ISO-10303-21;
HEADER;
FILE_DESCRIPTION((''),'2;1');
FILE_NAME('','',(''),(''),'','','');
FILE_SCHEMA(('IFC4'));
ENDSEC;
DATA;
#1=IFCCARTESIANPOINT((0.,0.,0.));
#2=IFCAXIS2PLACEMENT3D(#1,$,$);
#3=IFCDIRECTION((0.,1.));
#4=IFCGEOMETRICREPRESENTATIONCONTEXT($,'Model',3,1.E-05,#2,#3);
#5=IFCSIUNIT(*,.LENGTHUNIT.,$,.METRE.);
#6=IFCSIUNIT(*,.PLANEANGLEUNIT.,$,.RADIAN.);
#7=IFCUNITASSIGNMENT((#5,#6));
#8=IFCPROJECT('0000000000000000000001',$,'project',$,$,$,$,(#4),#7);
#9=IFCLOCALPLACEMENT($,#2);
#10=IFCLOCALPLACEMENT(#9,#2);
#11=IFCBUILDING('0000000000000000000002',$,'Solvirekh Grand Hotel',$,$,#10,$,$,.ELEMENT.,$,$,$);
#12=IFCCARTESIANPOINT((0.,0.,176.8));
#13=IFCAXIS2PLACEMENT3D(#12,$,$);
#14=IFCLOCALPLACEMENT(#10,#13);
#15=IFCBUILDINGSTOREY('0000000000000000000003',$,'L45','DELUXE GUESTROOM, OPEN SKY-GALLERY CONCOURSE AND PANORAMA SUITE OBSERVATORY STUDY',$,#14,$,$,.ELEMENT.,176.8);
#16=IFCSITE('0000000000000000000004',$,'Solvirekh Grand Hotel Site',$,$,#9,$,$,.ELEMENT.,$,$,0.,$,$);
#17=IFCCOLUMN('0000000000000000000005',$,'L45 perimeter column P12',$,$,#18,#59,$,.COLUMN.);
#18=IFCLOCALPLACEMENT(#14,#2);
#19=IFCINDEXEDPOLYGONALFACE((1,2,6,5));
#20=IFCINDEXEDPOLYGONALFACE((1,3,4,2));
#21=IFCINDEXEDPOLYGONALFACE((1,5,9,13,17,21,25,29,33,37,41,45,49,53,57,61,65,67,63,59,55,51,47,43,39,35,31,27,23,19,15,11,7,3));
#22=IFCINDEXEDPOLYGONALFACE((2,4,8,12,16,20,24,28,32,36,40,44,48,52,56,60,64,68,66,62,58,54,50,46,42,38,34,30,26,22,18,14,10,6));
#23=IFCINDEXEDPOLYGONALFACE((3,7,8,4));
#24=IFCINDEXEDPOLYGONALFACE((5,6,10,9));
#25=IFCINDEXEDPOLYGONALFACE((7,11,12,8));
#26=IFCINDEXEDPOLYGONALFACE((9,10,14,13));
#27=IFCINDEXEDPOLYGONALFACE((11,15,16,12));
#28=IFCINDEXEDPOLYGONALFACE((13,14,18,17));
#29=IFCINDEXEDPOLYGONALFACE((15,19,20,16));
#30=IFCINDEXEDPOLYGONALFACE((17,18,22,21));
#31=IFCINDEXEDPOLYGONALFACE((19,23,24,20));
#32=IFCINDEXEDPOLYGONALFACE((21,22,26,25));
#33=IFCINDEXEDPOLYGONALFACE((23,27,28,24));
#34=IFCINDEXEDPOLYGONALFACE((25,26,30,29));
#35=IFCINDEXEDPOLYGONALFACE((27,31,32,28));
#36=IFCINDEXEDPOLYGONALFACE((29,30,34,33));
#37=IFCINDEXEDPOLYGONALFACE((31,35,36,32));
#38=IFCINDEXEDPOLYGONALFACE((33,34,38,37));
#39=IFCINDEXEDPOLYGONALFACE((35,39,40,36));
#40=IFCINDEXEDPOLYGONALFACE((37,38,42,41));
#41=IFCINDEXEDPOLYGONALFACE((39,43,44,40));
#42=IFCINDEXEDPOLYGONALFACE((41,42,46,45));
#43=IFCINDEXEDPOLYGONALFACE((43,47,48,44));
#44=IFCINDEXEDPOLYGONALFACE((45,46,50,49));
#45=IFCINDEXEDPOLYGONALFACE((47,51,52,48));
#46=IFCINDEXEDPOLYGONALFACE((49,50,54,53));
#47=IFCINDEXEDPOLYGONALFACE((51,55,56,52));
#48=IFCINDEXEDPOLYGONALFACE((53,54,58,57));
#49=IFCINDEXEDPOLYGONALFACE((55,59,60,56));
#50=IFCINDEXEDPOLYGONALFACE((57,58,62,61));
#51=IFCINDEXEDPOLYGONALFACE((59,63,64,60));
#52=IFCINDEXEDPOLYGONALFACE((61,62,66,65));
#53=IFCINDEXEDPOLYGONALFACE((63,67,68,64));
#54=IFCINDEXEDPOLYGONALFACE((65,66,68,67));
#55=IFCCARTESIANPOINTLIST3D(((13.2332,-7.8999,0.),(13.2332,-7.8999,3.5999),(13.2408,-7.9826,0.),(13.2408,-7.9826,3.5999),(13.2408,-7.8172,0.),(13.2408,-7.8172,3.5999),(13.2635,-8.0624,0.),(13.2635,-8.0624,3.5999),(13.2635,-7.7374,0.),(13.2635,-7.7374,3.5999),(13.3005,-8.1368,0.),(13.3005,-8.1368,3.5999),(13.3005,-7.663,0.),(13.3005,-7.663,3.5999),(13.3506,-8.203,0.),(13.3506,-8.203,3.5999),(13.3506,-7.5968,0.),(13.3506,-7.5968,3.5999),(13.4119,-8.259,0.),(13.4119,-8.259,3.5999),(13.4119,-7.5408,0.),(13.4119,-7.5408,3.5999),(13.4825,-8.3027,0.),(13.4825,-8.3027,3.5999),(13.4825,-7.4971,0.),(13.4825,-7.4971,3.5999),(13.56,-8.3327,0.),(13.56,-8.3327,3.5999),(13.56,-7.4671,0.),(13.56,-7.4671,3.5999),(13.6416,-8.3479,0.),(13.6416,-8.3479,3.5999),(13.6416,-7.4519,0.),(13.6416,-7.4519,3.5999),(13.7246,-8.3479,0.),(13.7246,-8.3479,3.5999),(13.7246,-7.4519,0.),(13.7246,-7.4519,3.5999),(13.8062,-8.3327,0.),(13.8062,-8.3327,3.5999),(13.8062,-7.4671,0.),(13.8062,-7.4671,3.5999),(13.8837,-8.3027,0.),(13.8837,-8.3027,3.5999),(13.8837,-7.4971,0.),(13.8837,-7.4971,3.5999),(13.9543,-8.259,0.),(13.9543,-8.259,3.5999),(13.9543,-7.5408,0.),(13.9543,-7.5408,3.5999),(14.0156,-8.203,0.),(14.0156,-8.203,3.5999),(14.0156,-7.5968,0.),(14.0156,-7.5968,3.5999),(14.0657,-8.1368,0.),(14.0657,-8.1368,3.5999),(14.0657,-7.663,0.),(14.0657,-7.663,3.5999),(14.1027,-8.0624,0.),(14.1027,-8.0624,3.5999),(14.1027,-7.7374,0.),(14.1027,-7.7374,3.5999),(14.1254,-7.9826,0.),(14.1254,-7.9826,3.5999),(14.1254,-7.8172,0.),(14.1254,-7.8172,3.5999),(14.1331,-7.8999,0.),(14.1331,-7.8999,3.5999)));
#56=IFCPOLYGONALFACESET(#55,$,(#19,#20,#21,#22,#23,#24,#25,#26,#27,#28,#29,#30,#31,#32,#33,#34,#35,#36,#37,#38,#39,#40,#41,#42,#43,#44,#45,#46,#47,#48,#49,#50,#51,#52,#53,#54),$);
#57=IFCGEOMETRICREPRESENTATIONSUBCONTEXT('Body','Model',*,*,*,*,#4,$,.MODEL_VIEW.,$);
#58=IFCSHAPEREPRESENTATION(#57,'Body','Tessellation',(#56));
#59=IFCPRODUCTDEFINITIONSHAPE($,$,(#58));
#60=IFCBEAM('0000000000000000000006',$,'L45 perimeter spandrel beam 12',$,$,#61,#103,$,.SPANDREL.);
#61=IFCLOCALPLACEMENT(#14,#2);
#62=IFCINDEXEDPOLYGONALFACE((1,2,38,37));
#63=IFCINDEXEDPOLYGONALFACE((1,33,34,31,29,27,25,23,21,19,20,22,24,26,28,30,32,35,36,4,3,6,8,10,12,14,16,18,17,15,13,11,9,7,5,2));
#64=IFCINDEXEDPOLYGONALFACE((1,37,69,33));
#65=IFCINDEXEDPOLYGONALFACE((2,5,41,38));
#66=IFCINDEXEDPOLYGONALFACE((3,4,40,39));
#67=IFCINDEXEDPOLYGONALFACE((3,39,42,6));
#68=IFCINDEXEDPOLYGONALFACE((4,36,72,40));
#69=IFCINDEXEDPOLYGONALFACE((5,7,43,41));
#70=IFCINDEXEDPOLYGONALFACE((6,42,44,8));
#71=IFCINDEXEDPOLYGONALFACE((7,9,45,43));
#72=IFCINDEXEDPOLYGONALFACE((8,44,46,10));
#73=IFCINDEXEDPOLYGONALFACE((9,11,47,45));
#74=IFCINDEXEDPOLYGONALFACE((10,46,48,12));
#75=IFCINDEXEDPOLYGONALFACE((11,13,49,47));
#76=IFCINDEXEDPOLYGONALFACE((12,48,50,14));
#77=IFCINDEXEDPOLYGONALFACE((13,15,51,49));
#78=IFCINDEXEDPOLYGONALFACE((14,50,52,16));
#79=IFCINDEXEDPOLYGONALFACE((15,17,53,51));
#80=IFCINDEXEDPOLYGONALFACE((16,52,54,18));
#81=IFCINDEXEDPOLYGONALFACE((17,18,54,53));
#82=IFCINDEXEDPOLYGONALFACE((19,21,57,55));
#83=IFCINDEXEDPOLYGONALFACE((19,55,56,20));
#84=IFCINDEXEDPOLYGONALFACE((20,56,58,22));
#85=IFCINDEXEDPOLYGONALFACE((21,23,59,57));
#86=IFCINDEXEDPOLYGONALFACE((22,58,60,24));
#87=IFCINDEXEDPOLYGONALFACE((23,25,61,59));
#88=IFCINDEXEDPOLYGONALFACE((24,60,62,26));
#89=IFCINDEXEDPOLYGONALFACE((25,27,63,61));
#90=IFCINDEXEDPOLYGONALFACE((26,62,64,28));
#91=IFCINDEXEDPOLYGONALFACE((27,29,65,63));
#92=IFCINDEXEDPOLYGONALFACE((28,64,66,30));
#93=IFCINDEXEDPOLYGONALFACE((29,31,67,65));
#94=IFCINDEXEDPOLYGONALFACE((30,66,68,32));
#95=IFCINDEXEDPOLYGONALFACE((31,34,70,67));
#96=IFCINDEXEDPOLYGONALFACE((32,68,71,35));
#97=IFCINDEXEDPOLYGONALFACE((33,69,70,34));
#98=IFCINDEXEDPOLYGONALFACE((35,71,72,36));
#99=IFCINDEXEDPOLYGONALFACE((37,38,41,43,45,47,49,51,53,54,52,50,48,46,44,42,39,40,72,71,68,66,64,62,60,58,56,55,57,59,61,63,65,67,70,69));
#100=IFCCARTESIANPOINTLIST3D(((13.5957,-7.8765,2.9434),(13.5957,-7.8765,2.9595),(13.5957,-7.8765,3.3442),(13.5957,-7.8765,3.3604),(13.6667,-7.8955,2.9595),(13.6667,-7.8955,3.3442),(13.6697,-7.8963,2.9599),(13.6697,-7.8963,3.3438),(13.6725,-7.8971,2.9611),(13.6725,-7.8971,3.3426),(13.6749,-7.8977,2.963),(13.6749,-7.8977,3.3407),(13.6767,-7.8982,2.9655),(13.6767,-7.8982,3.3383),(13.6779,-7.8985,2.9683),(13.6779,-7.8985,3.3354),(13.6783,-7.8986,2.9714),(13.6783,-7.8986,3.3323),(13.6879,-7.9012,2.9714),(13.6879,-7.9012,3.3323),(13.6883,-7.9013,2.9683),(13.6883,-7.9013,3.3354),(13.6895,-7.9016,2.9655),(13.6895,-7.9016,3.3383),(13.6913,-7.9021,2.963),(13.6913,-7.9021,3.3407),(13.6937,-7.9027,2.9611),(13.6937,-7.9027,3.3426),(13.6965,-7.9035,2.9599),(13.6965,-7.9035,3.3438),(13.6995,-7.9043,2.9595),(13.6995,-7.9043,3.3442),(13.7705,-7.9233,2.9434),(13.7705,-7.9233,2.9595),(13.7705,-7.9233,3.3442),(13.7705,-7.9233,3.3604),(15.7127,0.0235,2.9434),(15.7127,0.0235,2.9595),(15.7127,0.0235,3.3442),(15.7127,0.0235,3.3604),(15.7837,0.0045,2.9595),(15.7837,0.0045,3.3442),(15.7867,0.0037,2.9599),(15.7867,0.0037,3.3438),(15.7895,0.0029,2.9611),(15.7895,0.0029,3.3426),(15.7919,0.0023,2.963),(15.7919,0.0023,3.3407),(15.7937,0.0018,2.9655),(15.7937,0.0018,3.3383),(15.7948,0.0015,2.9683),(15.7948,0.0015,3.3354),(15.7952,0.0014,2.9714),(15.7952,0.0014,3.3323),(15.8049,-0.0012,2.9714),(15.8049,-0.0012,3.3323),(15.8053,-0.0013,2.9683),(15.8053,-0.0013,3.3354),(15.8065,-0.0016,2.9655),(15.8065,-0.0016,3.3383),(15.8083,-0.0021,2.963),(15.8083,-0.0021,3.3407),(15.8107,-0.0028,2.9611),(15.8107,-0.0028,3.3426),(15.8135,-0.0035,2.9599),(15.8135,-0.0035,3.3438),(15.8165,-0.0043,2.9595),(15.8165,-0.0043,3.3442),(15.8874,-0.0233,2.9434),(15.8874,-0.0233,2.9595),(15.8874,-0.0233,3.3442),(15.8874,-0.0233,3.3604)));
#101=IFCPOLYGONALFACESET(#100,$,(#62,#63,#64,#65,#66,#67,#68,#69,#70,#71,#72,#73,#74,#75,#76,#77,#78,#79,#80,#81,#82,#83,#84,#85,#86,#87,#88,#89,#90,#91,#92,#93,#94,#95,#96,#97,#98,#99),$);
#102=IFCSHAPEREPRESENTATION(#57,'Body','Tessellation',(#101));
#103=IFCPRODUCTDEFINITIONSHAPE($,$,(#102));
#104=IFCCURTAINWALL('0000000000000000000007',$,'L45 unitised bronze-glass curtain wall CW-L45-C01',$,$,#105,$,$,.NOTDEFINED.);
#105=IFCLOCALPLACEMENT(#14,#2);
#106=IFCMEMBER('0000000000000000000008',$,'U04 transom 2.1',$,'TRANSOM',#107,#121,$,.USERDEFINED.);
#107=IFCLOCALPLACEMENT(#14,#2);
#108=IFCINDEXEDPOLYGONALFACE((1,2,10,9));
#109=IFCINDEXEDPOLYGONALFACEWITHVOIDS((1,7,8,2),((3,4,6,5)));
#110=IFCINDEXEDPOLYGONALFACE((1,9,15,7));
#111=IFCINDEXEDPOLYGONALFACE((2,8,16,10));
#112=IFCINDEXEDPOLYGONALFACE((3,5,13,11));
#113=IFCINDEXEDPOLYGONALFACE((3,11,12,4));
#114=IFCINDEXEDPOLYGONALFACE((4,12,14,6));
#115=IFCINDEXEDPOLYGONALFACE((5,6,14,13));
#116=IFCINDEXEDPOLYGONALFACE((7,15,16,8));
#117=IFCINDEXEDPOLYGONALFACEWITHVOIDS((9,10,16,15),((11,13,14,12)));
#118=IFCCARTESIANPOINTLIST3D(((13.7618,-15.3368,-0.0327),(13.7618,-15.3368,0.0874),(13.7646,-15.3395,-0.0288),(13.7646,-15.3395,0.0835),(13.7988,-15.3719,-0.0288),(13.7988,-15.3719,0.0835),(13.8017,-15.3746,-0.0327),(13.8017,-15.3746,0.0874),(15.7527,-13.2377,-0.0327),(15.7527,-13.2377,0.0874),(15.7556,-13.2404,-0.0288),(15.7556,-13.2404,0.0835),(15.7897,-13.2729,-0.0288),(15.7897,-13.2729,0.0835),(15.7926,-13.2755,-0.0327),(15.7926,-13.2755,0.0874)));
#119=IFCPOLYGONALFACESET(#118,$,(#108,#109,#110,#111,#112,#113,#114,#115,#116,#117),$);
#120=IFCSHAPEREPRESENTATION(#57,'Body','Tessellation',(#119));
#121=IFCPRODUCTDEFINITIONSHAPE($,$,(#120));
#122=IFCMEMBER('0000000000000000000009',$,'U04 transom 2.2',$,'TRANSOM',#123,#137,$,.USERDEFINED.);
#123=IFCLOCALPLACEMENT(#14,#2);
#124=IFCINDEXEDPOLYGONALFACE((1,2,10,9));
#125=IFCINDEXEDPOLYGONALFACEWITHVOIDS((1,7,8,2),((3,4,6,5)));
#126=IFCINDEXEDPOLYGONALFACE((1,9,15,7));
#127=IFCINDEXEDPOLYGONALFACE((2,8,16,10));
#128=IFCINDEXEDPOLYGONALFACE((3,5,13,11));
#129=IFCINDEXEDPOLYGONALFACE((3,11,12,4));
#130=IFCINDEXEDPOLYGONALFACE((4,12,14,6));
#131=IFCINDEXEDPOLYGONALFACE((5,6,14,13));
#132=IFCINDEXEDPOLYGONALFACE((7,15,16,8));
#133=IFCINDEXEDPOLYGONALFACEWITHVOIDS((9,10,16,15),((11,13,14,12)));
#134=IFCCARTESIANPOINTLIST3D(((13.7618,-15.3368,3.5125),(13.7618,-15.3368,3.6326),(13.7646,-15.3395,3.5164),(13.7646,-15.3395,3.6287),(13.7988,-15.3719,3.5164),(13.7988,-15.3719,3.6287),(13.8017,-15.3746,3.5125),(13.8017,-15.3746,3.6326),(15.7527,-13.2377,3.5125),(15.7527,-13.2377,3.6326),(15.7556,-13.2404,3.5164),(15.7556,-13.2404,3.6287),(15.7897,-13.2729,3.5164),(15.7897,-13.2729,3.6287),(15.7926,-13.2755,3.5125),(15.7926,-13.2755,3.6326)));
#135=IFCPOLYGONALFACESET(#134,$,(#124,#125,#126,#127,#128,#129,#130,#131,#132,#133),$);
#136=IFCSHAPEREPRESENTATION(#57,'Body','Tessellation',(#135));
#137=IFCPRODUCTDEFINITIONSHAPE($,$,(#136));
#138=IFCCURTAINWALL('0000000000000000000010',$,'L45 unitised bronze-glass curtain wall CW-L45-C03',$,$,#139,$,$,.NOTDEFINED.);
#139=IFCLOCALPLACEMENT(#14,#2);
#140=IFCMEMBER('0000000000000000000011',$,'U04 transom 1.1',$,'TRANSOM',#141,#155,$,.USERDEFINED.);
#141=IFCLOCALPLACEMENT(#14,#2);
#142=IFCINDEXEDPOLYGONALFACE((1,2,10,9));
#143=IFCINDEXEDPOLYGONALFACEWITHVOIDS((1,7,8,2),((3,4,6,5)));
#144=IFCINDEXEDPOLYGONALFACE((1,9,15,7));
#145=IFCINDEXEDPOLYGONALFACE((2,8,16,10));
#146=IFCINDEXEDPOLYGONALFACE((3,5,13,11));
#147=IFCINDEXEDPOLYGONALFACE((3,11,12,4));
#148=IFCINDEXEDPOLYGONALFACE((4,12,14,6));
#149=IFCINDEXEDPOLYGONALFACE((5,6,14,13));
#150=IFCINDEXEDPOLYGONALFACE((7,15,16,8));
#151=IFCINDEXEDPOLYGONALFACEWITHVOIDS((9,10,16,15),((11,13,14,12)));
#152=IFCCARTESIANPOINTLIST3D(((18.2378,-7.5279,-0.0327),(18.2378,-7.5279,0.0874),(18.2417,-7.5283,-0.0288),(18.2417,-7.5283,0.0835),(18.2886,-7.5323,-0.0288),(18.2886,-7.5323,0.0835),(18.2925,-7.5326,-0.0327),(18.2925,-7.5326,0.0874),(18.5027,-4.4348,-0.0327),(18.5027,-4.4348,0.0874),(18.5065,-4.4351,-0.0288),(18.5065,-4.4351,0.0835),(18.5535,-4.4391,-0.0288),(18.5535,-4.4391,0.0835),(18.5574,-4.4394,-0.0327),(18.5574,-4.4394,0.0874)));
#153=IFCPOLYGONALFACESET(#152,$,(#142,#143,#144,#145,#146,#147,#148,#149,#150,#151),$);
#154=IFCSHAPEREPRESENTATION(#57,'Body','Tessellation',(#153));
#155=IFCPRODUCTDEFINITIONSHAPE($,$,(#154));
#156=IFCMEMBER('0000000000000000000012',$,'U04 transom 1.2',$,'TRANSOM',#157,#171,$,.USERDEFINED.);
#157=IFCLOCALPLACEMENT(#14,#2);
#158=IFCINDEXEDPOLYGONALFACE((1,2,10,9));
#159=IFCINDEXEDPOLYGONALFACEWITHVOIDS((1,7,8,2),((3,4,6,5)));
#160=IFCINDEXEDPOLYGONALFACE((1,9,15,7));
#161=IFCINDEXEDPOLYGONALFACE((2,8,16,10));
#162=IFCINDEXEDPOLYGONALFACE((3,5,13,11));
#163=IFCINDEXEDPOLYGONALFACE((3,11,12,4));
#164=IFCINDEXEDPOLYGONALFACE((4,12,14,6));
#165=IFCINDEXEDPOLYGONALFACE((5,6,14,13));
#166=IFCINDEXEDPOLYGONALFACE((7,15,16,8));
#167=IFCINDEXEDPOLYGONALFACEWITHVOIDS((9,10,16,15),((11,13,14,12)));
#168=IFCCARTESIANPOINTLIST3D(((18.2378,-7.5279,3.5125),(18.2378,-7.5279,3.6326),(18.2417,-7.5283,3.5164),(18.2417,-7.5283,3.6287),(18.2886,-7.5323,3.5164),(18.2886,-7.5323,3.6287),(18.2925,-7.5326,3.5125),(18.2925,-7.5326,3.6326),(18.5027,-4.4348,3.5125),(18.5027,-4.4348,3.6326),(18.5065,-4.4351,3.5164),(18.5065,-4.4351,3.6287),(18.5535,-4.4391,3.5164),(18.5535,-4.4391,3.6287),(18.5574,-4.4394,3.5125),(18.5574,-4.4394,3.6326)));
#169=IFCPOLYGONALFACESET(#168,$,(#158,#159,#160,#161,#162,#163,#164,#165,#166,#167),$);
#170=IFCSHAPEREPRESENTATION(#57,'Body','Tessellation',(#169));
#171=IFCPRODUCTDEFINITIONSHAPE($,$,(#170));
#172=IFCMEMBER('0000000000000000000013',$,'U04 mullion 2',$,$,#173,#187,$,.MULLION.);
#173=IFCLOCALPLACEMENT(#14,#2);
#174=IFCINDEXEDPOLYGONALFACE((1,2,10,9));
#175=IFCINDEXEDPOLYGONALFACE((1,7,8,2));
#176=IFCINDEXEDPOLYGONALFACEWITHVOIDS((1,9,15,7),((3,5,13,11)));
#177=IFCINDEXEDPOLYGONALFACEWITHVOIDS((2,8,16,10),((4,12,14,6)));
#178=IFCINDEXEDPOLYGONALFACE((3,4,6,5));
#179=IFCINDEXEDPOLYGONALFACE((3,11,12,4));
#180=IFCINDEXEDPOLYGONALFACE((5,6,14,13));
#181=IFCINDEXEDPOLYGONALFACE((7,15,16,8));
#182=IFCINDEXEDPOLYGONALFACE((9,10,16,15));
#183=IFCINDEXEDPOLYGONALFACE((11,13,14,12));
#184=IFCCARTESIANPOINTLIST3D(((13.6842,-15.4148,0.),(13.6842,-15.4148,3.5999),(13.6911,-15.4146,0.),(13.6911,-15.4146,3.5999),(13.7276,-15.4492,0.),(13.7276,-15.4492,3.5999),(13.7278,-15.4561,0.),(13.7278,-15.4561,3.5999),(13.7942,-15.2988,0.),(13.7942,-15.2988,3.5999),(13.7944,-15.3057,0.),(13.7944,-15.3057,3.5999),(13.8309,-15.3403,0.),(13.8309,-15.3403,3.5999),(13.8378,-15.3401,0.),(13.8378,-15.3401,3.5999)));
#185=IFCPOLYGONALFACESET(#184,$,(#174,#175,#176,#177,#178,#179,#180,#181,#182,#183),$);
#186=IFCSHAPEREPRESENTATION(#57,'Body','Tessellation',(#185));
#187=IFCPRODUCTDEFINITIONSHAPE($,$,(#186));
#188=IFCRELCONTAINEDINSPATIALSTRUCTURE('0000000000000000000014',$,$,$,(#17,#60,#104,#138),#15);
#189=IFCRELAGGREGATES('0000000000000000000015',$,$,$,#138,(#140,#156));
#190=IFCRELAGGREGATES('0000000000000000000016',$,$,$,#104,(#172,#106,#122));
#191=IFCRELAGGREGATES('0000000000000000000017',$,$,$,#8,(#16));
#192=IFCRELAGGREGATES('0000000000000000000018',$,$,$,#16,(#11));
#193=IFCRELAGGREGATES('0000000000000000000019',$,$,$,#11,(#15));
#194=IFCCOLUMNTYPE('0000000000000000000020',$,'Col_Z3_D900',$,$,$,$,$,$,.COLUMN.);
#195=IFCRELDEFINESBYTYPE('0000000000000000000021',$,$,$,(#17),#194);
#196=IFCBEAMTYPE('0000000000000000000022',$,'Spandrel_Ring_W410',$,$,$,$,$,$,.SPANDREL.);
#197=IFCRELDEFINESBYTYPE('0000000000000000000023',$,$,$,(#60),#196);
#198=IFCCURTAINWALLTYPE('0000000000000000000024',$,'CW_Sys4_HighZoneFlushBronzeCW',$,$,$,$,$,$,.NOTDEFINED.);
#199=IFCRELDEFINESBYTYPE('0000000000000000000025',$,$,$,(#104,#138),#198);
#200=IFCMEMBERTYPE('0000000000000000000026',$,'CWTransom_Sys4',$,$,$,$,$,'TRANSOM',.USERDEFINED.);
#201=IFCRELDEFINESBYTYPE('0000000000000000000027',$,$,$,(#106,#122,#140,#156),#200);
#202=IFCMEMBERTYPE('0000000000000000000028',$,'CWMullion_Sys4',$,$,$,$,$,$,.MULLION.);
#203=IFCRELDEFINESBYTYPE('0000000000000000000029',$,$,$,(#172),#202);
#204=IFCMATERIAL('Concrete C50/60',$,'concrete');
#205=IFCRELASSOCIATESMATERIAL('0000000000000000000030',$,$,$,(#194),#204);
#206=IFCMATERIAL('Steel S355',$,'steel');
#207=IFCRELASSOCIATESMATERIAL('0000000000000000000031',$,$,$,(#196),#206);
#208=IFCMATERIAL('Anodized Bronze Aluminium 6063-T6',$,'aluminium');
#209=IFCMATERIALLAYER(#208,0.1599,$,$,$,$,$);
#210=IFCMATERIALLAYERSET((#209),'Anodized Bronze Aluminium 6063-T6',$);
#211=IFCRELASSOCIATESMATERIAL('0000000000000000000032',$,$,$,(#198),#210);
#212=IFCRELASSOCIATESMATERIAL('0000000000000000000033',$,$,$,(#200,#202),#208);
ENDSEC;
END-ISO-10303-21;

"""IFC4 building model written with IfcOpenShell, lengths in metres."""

from ifc_helpers import new_model, si_unit, direction, frame, origin, origin_2d, place, context, subcontext, project, spatial, hollow_rectangle, circle, i_section, extrude, source, transform, mapped, material, layer, layer_set, material_profile, profile_set, type_object, element, aggregate, save


model = new_model("IFC4")

# Units and contexts
model_context = context("Model", 3, precision=1e-05, world=origin(), true_north=direction((0.0, 1.0)))
body_context = subcontext(model_context, "Body", "Model", "MODEL_VIEW")
ifc_project = project(units=[si_unit("LENGTHUNIT", "METRE"), si_unit("PLANEANGLEUNIT", "RADIAN")], contexts=[model_context])

# Site, building, storey
site_placement = place(None, origin())
site = spatial("IfcSite", under=ifc_project, at=site_placement, Name="Solvirekh Grand Hotel Site", CompositionType="ELEMENT", RefElevation=0.0)
building_placement = place(site_placement, origin())
building = spatial("IfcBuilding", under=site, at=building_placement, Name="Solvirekh Grand Hotel", CompositionType="ELEMENT")
storey_placement = place(building_placement, frame((0.0, 0.0, 176.8)))
storey = spatial("IfcBuildingStorey", under=building, at=storey_placement, Name="L45", Description="DELUXE GUESTROOM, OPEN SKY-GALLERY CONCOURSE AND PANORAMA SUITE OBSERVATORY STUDY", CompositionType="ELEMENT", Elevation=176.8)

# Column
ifc_material_1 = material(Name="Concrete C50/60", Category="concrete")
ifc_material_profile_1 = material_profile(ifc_material_1, circle(Radius=0.45, at=origin_2d()), Name="RC CIRC D900")
ifc_profile_set_1 = profile_set([ifc_material_profile_1], Name="Concrete C50/60")
column_type = type_object("IfcColumnType", Name="Col_Z3_D900", PredefinedType="COLUMN", material=ifc_profile_set_1)
column_placement = place(storey_placement, frame((13.6831, -7.8999, 0.0), z_axis=(0.0, 0.0, 1.0), x_axis=(1.0, 0.0, 0.0)))
element("IfcColumn", 1, at=column_placement, inside=storey, type_object=column_type, Name="L45 perimeter column P12", PredefinedType="COLUMN", context=body_context, shape_type="SweptSolid", body=[
    extrude(circle(Radius=0.45, at=origin_2d()), origin(), (0.0, 0.0, 1.0), 3.5999),
])

# Beam
ifc_material_2 = material(Name="Steel S355", Category="steel")
ifc_material_profile_2 = material_profile(ifc_material_2, i_section(OverallWidth=0.1809, OverallDepth=0.417, WebThickness=0.01, FlangeThickness=0.0161, FilletRadius=0.012, at=origin_2d()), Name="W410X85")
ifc_profile_set_2 = profile_set([ifc_material_profile_2], Name="Steel S355")
beam_type = type_object("IfcBeamType", Name="Spandrel_Ring_W410", PredefinedType="SPANDREL", material=ifc_profile_set_2)
beam_placement = place(storey_placement, frame((13.6831, -7.8999, 3.1519), z_axis=(0.258839, 0.965921, 0.0), x_axis=(-0.965921, 0.258839, 0.0)))
element("IfcBeam", 2, at=beam_placement, inside=storey, type_object=beam_type, Name="L45 perimeter spandrel beam 12", PredefinedType="SPANDREL", context=body_context, shape_type="SweptSolid", body=[
    extrude(i_section(OverallWidth=0.1809, OverallDepth=0.417, WebThickness=0.01, FlangeThickness=0.0161, FilletRadius=0.012, at=origin_2d()), origin(), (0.0, 0.0, 1.0), 8.1787),
])

# Curtain walls, members
ifc_material_3 = material(Name="Anodized Bronze Aluminium 6063-T6", Category="aluminium")
ifc_layer_1 = layer(ifc_material_3, 0.1599)
ifc_layer_set_1 = layer_set([ifc_layer_1], Name="Anodized Bronze Aluminium 6063-T6")
curtain_wall_type = type_object("IfcCurtainWallType", Name="CW_Sys4_HighZoneFlushBronzeCW", PredefinedType="NOTDEFINED", material=ifc_layer_set_1)
curtain_wall_1_placement = place(storey_placement, origin())
curtain_wall_1 = element("IfcCurtainWall", 3, at=curtain_wall_1_placement, inside=storey, type_object=curtain_wall_type, Name="L45 unitised bronze-glass curtain wall CW-L45-C01", PredefinedType="NOTDEFINED")
ifc_material_profile_3 = material_profile(ifc_material_3, hollow_rectangle(XDim=0.0549, YDim=0.1201, WallThickness=0.0039, at=origin_2d()), Name="ALU RHS 120X55X4")
ifc_profile_set_3 = profile_set([ifc_material_profile_3], Name="Anodized Bronze Aluminium 6063-T6")
member_type_1 = type_object("IfcMemberType", Name="CWTransom_Sys4", ElementType="TRANSOM", PredefinedType="USERDEFINED", material=ifc_profile_set_3)
shared_shape_1 = source(origin(), body_context, "Body", "SweptSolid", [
    extrude(hollow_rectangle(XDim=0.0549, YDim=0.1201, WallThickness=0.0039, at=origin_2d()), origin(), (0.0, 0.0, 1.0), 2.8931),
])
member_1_placement = place(storey_placement, frame((13.7817, -15.3557, 0.0273), z_axis=(0.688168, 0.725551, 0.0), x_axis=(-0.725551, 0.688168, 0.0)))
member_1 = element("IfcMember", 4, at=member_1_placement, type_object=member_type_1, Name="U04 transom 2.1", ObjectType="TRANSOM", PredefinedType="USERDEFINED", context=body_context, shape_type="MappedRepresentation", body=[
    mapped(shared_shape_1, transform((0.0, 0.0, 0.0), x_axis=(1.0, 0.0, 0.0), y_axis=(0.0, 1.0, 0.0), z_axis=(0.0, 0.0, 1.0), scale=1.0)),
])
member_2_placement = place(storey_placement, frame((13.7817, -15.3557, 3.5725), z_axis=(0.688168, 0.725551, 0.0), x_axis=(-0.725551, 0.688168, 0.0)))
member_2 = element("IfcMember", 5, at=member_2_placement, type_object=member_type_1, Name="U04 transom 2.2", ObjectType="TRANSOM", PredefinedType="USERDEFINED", context=body_context, shape_type="MappedRepresentation", body=[
    mapped(shared_shape_1, transform((0.0, 0.0, 0.0), x_axis=(1.0, 0.0, 0.0), y_axis=(0.0, 1.0, 0.0), z_axis=(0.0, 0.0, 1.0), scale=1.0)),
])
curtain_wall_2_placement = place(storey_placement, origin())
curtain_wall_2 = element("IfcCurtainWall", 6, at=curtain_wall_2_placement, inside=storey, type_object=curtain_wall_type, Name="L45 unitised bronze-glass curtain wall CW-L45-C03", PredefinedType="NOTDEFINED")
shared_shape_2 = source(origin(), body_context, "Body", "SweptSolid", [
    extrude(hollow_rectangle(XDim=0.0549, YDim=0.1201, WallThickness=0.0039, at=origin_2d()), origin(), (0.0, 0.0, 1.0), 3.1045),
])
member_3_placement = place(storey_placement, frame((18.2651, -7.5303, 0.0273), z_axis=(0.085323, 0.996353, 0.0), x_axis=(-0.996353, 0.085323, 0.0)))
member_3 = element("IfcMember", 7, at=member_3_placement, type_object=member_type_1, Name="U04 transom 1.1", ObjectType="TRANSOM", PredefinedType="USERDEFINED", context=body_context, shape_type="MappedRepresentation", body=[
    mapped(shared_shape_2, transform((0.0, 0.0, 0.0), x_axis=(1.0, 0.0, 0.0), y_axis=(0.0, 1.0, 0.0), z_axis=(0.0, 0.0, 1.0), scale=1.0)),
])
member_4_placement = place(storey_placement, frame((18.2651, -7.5303, 3.5725), z_axis=(0.085323, 0.996353, 0.0), x_axis=(-0.996353, 0.085323, 0.0)))
member_4 = element("IfcMember", 8, at=member_4_placement, type_object=member_type_1, Name="U04 transom 1.2", ObjectType="TRANSOM", PredefinedType="USERDEFINED", context=body_context, shape_type="MappedRepresentation", body=[
    mapped(shared_shape_2, transform((0.0, 0.0, 0.0), x_axis=(1.0, 0.0, 0.0), y_axis=(0.0, 1.0, 0.0), z_axis=(0.0, 0.0, 1.0), scale=1.0)),
])

# Member
ifc_material_profile_4 = material_profile(ifc_material_3, hollow_rectangle(XDim=0.0601, YDim=0.1599, WallThickness=0.0049, at=origin_2d()), Name="ALU RHS 160X60X5")
ifc_profile_set_4 = profile_set([ifc_material_profile_4], Name="Anodized Bronze Aluminium 6063-T6")
member_type_2 = type_object("IfcMemberType", Name="CWMullion_Sys4", PredefinedType="MULLION", material=ifc_profile_set_4)
shared_shape_3 = source(origin(), body_context, "Body", "SweptSolid", [
    extrude(hollow_rectangle(XDim=0.0601, YDim=0.1599, WallThickness=0.0049, at=origin_2d()), origin(), (0.0, 0.0, 1.0), 3.5999),
])
member_5_placement = place(storey_placement, frame((13.761, -15.3774, 0.0), z_axis=(0.0, 0.0, 1.0), x_axis=(-0.725547, 0.688172, 0.0)))
member_5 = element("IfcMember", 9, at=member_5_placement, type_object=member_type_2, Name="U04 mullion 2", PredefinedType="MULLION", context=body_context, shape_type="MappedRepresentation", body=[
    mapped(shared_shape_3, transform((0.0, 0.0, 0.0), x_axis=(1.0, 0.0, 0.0), y_axis=(0.0, 1.0, 0.0), z_axis=(0.0, 0.0, 1.0), scale=1.0)),
])
aggregate(curtain_wall_2, [member_3, member_4])

aggregate(curtain_wall_1, [member_5, member_1, member_2])

save(model, "model.ifc")
